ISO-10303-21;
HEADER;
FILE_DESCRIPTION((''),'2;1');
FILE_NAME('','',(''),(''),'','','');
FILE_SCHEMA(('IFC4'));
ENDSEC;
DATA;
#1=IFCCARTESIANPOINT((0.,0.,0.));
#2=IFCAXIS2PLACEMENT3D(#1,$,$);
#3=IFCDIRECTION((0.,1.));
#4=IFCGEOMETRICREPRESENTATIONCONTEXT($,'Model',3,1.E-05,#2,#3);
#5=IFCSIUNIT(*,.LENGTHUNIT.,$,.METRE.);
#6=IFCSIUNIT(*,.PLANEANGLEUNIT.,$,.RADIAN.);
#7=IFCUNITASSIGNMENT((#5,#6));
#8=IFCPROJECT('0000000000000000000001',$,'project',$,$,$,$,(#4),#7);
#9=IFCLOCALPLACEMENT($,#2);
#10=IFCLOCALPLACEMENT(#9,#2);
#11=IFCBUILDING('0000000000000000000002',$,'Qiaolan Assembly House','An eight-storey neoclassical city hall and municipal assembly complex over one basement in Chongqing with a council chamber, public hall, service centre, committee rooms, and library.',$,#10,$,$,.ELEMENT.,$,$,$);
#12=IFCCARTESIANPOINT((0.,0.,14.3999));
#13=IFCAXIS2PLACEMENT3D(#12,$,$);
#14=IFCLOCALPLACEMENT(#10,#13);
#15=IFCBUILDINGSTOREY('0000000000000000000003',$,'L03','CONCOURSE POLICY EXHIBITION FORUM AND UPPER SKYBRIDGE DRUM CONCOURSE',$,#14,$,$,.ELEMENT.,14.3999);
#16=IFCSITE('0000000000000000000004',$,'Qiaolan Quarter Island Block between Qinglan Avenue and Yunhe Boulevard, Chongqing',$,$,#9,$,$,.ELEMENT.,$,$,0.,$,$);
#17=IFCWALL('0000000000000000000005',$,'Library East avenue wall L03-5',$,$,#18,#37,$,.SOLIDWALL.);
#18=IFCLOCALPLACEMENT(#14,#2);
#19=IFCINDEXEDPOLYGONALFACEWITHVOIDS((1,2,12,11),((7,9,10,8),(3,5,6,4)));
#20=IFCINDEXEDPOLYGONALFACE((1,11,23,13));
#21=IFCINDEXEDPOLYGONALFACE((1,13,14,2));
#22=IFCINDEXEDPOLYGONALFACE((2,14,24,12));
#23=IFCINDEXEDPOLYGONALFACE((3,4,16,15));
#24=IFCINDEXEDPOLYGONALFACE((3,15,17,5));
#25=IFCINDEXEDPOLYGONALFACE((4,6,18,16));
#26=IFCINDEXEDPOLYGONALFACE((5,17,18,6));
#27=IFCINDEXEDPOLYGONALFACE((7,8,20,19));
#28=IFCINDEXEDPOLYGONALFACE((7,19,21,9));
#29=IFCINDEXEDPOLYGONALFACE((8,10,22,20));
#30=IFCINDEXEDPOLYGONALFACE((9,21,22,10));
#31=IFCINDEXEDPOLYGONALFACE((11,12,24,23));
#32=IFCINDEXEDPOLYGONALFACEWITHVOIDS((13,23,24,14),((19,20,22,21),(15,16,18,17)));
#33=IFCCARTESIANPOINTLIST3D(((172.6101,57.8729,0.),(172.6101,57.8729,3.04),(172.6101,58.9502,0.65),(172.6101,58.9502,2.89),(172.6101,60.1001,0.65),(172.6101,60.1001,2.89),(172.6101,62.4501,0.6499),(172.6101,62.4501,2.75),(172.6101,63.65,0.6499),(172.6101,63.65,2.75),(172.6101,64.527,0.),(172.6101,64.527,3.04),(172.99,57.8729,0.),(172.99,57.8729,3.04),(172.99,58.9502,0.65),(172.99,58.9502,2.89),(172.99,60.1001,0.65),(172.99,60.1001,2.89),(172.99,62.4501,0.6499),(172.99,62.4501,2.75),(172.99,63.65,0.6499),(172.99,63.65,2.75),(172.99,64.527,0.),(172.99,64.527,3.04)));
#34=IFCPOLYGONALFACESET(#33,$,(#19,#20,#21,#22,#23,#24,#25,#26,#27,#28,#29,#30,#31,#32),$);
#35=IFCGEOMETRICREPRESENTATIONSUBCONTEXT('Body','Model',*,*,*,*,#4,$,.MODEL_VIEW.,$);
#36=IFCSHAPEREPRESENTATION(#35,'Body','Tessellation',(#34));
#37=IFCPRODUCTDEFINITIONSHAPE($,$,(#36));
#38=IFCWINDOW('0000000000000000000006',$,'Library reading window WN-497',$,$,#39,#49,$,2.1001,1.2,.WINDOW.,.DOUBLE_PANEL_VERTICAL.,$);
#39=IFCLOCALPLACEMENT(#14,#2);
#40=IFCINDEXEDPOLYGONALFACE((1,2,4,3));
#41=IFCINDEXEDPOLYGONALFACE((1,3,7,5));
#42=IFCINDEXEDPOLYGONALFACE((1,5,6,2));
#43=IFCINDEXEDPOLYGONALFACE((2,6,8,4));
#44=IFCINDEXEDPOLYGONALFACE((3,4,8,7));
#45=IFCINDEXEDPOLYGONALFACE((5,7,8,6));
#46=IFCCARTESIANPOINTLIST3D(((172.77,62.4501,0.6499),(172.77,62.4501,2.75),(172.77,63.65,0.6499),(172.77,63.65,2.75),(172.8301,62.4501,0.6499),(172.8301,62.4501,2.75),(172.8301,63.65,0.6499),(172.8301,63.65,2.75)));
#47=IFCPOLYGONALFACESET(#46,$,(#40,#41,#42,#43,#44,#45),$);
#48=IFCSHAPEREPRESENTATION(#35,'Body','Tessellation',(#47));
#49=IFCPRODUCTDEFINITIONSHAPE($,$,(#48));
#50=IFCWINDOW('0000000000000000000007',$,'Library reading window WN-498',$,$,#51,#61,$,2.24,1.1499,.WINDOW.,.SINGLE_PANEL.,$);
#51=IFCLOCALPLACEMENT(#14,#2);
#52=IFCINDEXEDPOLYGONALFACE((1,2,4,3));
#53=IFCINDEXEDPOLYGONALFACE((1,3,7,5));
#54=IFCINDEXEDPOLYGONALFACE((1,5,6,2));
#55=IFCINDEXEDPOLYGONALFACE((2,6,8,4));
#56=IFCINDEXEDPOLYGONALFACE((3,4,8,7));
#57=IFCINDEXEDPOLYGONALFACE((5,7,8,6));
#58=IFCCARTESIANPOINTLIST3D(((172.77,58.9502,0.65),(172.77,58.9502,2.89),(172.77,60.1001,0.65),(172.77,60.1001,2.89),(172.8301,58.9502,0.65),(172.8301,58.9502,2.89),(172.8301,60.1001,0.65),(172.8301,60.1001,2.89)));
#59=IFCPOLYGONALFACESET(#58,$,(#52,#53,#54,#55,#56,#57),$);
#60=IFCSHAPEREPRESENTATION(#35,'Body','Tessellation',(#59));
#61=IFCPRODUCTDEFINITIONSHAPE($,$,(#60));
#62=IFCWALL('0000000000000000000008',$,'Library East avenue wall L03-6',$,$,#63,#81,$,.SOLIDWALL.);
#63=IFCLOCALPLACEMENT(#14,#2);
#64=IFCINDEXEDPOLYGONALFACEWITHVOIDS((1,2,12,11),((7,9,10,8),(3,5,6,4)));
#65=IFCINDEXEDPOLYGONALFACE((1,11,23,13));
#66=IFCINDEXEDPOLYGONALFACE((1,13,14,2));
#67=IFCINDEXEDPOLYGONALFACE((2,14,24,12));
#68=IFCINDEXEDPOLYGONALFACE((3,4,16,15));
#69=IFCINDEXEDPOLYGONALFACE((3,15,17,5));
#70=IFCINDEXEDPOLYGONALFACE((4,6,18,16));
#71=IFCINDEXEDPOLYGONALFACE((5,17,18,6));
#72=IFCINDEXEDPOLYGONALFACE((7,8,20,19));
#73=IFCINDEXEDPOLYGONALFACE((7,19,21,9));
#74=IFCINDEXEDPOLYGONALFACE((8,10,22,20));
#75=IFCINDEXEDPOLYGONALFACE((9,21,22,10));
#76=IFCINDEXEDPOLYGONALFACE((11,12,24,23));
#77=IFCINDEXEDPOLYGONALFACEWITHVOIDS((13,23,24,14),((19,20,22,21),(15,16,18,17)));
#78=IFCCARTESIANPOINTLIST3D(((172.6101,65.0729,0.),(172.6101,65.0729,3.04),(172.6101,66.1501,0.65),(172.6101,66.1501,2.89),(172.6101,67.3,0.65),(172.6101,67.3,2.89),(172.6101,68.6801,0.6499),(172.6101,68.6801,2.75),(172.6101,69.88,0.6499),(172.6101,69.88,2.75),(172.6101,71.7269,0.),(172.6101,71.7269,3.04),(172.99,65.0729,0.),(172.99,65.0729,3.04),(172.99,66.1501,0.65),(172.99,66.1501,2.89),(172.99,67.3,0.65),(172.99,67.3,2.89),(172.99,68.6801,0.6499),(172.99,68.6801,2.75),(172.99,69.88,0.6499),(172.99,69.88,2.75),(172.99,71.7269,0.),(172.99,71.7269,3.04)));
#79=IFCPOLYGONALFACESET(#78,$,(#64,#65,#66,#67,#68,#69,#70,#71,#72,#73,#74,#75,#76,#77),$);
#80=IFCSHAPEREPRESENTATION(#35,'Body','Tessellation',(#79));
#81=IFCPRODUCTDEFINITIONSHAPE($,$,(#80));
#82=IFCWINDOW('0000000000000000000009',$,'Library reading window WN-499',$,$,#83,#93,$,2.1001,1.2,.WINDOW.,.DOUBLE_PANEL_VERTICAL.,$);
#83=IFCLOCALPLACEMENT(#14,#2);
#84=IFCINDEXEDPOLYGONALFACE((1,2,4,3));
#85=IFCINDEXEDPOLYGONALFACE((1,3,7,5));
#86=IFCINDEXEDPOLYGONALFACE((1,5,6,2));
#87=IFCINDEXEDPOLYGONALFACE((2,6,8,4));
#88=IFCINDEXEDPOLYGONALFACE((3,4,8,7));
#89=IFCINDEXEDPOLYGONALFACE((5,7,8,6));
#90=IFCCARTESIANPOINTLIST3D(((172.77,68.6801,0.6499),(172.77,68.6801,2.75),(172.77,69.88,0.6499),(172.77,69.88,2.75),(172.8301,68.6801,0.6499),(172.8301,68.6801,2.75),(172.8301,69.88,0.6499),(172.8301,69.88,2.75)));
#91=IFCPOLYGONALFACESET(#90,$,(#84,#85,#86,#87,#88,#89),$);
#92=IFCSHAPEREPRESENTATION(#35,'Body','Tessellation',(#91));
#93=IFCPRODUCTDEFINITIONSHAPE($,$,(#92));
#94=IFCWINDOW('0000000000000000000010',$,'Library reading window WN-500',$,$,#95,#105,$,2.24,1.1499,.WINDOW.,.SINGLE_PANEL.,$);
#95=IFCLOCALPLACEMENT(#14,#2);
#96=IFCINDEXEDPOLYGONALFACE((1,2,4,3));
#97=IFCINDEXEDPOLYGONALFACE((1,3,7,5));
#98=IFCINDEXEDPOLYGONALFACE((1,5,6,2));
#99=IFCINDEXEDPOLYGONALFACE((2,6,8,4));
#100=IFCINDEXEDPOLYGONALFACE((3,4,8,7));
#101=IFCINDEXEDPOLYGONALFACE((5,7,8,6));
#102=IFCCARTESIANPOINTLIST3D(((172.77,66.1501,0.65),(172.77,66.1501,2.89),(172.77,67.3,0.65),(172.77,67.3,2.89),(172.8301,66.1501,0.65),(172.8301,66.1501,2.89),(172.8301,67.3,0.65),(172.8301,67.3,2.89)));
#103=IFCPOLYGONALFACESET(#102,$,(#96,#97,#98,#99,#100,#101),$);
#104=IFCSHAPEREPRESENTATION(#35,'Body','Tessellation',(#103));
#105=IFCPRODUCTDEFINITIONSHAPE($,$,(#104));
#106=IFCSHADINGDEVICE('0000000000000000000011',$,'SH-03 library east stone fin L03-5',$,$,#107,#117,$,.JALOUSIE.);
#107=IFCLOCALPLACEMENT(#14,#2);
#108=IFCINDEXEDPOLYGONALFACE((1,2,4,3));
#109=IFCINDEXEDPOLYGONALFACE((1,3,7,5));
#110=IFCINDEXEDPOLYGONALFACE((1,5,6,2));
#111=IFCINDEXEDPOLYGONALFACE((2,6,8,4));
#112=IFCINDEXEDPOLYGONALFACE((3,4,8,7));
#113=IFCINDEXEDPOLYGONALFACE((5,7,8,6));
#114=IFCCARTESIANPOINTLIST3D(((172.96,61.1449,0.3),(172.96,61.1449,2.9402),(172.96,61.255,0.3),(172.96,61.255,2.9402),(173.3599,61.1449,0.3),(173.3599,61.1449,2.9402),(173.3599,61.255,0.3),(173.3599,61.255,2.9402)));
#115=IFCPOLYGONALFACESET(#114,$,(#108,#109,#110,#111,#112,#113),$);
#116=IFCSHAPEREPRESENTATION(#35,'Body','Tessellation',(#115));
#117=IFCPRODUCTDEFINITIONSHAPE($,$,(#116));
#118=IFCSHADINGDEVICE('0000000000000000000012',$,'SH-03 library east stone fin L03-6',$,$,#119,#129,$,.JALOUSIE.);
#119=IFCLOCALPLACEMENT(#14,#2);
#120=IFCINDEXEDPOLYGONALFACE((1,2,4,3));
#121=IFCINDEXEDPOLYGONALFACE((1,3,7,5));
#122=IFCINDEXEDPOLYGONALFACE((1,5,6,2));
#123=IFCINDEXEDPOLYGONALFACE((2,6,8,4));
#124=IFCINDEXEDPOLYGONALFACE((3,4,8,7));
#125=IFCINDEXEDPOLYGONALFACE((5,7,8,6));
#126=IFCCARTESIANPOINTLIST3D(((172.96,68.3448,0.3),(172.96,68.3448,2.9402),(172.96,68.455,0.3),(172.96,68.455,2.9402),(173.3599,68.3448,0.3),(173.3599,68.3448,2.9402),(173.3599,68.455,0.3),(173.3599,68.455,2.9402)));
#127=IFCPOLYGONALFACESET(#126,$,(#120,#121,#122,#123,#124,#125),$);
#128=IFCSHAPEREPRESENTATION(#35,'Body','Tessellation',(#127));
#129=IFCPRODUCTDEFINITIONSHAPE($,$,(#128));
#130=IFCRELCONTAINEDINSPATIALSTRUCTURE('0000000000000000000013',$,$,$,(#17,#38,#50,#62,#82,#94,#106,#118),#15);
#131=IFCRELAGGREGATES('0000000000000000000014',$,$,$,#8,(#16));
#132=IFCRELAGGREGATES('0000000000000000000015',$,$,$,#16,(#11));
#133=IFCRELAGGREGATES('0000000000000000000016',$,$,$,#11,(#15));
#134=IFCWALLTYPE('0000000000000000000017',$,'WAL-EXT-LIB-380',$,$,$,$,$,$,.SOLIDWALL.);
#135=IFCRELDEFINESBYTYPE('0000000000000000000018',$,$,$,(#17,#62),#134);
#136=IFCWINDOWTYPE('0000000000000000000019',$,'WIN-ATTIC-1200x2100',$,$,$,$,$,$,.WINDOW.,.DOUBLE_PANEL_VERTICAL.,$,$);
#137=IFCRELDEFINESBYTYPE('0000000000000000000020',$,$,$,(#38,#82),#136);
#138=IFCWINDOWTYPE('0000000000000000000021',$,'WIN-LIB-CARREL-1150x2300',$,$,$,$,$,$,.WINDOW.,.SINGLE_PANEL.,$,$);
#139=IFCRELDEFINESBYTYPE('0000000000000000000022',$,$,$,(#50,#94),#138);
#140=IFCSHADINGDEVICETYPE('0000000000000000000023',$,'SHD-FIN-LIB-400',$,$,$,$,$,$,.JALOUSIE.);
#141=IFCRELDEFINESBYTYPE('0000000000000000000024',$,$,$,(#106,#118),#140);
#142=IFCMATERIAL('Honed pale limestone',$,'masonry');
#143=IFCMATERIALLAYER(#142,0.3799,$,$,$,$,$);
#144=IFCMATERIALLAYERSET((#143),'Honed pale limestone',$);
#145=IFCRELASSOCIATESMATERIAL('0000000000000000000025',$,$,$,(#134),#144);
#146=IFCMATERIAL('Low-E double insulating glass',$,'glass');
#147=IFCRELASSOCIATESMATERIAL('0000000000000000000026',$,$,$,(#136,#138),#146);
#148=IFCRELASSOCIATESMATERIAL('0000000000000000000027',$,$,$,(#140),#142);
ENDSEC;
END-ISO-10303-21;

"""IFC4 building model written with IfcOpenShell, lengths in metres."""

from ifc_helpers import new_model, si_unit, direction, frame, frame_2d, origin, origin_2d, place, context, subcontext, project, spatial, rectangle, extrude, material, layer, layer_set, material_profile, profile_set, type_object, element, fill, save


model = new_model("IFC4")

# Units and contexts
model_context = context("Model", 3, precision=1e-05, world=origin(), true_north=direction((0.0, 1.0)))
body_context = subcontext(model_context, "Body", "Model", "MODEL_VIEW")
ifc_project = project(units=[si_unit("LENGTHUNIT", "METRE"), si_unit("PLANEANGLEUNIT", "RADIAN")], contexts=[model_context])

# Site, building, storey
site_placement = place(None, origin())
site = spatial("IfcSite", under=ifc_project, at=site_placement, Name="Qiaolan Quarter Island Block between Qinglan Avenue and Yunhe Boulevard, Chongqing", CompositionType="ELEMENT", RefElevation=0.0)
building_placement = place(site_placement, origin())
building = spatial("IfcBuilding", under=site, at=building_placement, Name="Qiaolan Assembly House", Description="An eight-storey neoclassical city hall and municipal assembly complex over one basement in Chongqing with a council chamber, public hall, service centre, committee rooms, and library.", CompositionType="ELEMENT")
storey_placement = place(building_placement, frame((0.0, 0.0, 14.3999)))
storey = spatial("IfcBuildingStorey", under=building, at=storey_placement, Name="L03", Description="CONCOURSE POLICY EXHIBITION FORUM AND UPPER SKYBRIDGE DRUM CONCOURSE", CompositionType="ELEMENT", Elevation=14.3999)

# Walls, openings, windows
ifc_material_1 = material(Name="Honed pale limestone", Category="masonry")
ifc_layer = layer(ifc_material_1, 0.3799)
ifc_layer_set = layer_set([ifc_layer], Name="Honed pale limestone")
wall_type = type_object("IfcWallType", Name="WAL-EXT-LIB-380", PredefinedType="SOLIDWALL", material=ifc_layer_set)
wall_1_placement = place(storey_placement, frame((172.8, 64.5271, 0.0), z_axis=(0.0, 0.0, 1.0), x_axis=(0.0, -1.0, 0.0)))
wall_1 = element("IfcWall", 1, at=wall_1_placement, inside=storey, type_object=wall_type, Name="Library East avenue wall L03-5", PredefinedType="SOLIDWALL", context=body_context, shape_type="SweptSolid", body=[
    extrude(rectangle(XDim=6.6541, YDim=0.3799, at=frame_2d((3.3271, 0.0))), origin(), (0.0, 0.0, 1.0), 3.04),
])
opening_1_placement = place(wall_1_placement, frame((0.877, 0.0, 0.6499)))
opening_1 = element("IfcOpeningElement", 2, at=opening_1_placement, cuts=wall_1, PredefinedType="OPENING", context=body_context, shape_type="SweptSolid", body=[
    extrude(rectangle(XDim=1.2, YDim=2.1001, at=frame_2d((0.6001, 1.05))), frame((0.0, 0.2, 0.0), z_axis=(0.0, -1.0, 0.0), x_axis=(1.0, 0.0, 0.0)), (0.0, 0.0, 1.0), 0.3999),
])
opening_2_placement = place(wall_1_placement, frame((4.427, 0.0, 0.6499)))
opening_2 = element("IfcOpeningElement", 3, at=opening_2_placement, cuts=wall_1, PredefinedType="OPENING", context=body_context, shape_type="SweptSolid", body=[
    extrude(rectangle(XDim=1.1499, YDim=2.24, at=frame_2d((0.575, 1.1201))), frame((0.0, 0.2, 0.0), z_axis=(0.0, -1.0, 0.0), x_axis=(1.0, 0.0, 0.0)), (0.0, 0.0, 1.0), 0.3999),
])
ifc_material_2 = material(Name="Low-E double insulating glass", Category="glass")
window_type_1 = type_object("IfcWindowType", Name="WIN-ATTIC-1200x2100", PartitioningType="DOUBLE_PANEL_VERTICAL", PredefinedType="WINDOW", material=ifc_material_2)
window_1_placement = place(opening_1_placement, origin())
window_1 = element("IfcWindow", 4, at=window_1_placement, inside=storey, type_object=window_type_1, Name="Library reading window WN-497", OverallHeight=2.1001, OverallWidth=1.2, PartitioningType="DOUBLE_PANEL_VERTICAL", PredefinedType="WINDOW", context=body_context, shape_type="SweptSolid", body=[
    extrude(rectangle(XDim=1.2, YDim=2.1001, at=frame_2d((0.6001, 1.05))), frame((0.0, 0.03, 0.0), z_axis=(0.0, -1.0, 0.0), x_axis=(1.0, 0.0, 0.0)), (0.0, 0.0, 1.0), 0.0601),
])
fill(opening_1, window_1)
window_type_2 = type_object("IfcWindowType", Name="WIN-LIB-CARREL-1150x2300", PartitioningType="SINGLE_PANEL", PredefinedType="WINDOW", material=ifc_material_2)
window_2_placement = place(opening_2_placement, origin())
window_2 = element("IfcWindow", 5, at=window_2_placement, inside=storey, type_object=window_type_2, Name="Library reading window WN-498", OverallHeight=2.24, OverallWidth=1.1499, PartitioningType="SINGLE_PANEL", PredefinedType="WINDOW", context=body_context, shape_type="SweptSolid", body=[
    extrude(rectangle(XDim=1.1499, YDim=2.24, at=frame_2d((0.575, 1.1201))), frame((0.0, 0.03, 0.0), z_axis=(0.0, -1.0, 0.0), x_axis=(1.0, 0.0, 0.0)), (0.0, 0.0, 1.0), 0.0601),
])
fill(opening_2, window_2)
wall_2_placement = place(storey_placement, frame((172.8, 71.7271, 0.0), z_axis=(0.0, 0.0, 1.0), x_axis=(0.0, -1.0, 0.0)))
wall_2 = element("IfcWall", 6, at=wall_2_placement, inside=storey, type_object=wall_type, Name="Library East avenue wall L03-6", PredefinedType="SOLIDWALL", context=body_context, shape_type="SweptSolid", body=[
    extrude(rectangle(XDim=6.6541, YDim=0.3799, at=frame_2d((3.3271, 0.0))), origin(), (0.0, 0.0, 1.0), 3.04),
])
opening_3_placement = place(wall_2_placement, frame((1.8469, 0.0, 0.6499)))
opening_3 = element("IfcOpeningElement", 7, at=opening_3_placement, cuts=wall_2, PredefinedType="OPENING", context=body_context, shape_type="SweptSolid", body=[
    extrude(rectangle(XDim=1.2, YDim=2.1001, at=frame_2d((0.6001, 1.05))), frame((0.0, 0.2, 0.0), z_axis=(0.0, -1.0, 0.0), x_axis=(1.0, 0.0, 0.0)), (0.0, 0.0, 1.0), 0.3999),
])
opening_4_placement = place(wall_2_placement, frame((4.427, 0.0, 0.6499)))
opening_4 = element("IfcOpeningElement", 8, at=opening_4_placement, cuts=wall_2, PredefinedType="OPENING", context=body_context, shape_type="SweptSolid", body=[
    extrude(rectangle(XDim=1.1499, YDim=2.24, at=frame_2d((0.575, 1.1201))), frame((0.0, 0.2, 0.0), z_axis=(0.0, -1.0, 0.0), x_axis=(1.0, 0.0, 0.0)), (0.0, 0.0, 1.0), 0.3999),
])
window_3_placement = place(opening_3_placement, origin())
window_3 = element("IfcWindow", 9, at=window_3_placement, inside=storey, type_object=window_type_1, Name="Library reading window WN-499", OverallHeight=2.1001, OverallWidth=1.2, PartitioningType="DOUBLE_PANEL_VERTICAL", PredefinedType="WINDOW", context=body_context, shape_type="SweptSolid", body=[
    extrude(rectangle(XDim=1.2, YDim=2.1001, at=frame_2d((0.6001, 1.05))), frame((0.0, 0.03, 0.0), z_axis=(0.0, -1.0, 0.0), x_axis=(1.0, 0.0, 0.0)), (0.0, 0.0, 1.0), 0.0601),
])
fill(opening_3, window_3)
window_4_placement = place(opening_4_placement, origin())
window_4 = element("IfcWindow", 10, at=window_4_placement, inside=storey, type_object=window_type_2, Name="Library reading window WN-500", OverallHeight=2.24, OverallWidth=1.1499, PartitioningType="SINGLE_PANEL", PredefinedType="WINDOW", context=body_context, shape_type="SweptSolid", body=[
    extrude(rectangle(XDim=1.1499, YDim=2.24, at=frame_2d((0.575, 1.1201))), frame((0.0, 0.03, 0.0), z_axis=(0.0, -1.0, 0.0), x_axis=(1.0, 0.0, 0.0)), (0.0, 0.0, 1.0), 0.0601),
])
fill(opening_4, window_4)

# Shading devices
ifc_material_profile_1 = material_profile(ifc_material_1, rectangle(XDim=0.1101, YDim=0.3999, at=origin_2d()), Name="FIN 110x400")
ifc_profile_set_1 = profile_set([ifc_material_profile_1], Name="Honed pale limestone")
shading_device_type = type_object("IfcShadingDeviceType", Name="SHD-FIN-LIB-400", PredefinedType="JALOUSIE", material=ifc_profile_set_1)
for number, where, z_axis, x_axis, name in (
    (11, (173.1599, 61.2, 0.3), (0.0, 0.0, 1.0), (0.0, 1.0, 0.0), "SH-03 library east stone fin L03-5"),
    (12, (173.1599, 68.3999, 0.3), (0.0, 0.0, 1.0), (0.0, 1.0, 0.0), "SH-03 library east stone fin L03-6"),
):
    element("IfcShadingDevice", number, at=place(storey_placement, frame(where, z_axis=z_axis, x_axis=x_axis)), inside=storey, type_object=shading_device_type, Name=name, PredefinedType="JALOUSIE", context=body_context, shape_type="SweptSolid", body=[
        extrude(rectangle(XDim=0.1101, YDim=0.3999, at=origin_2d()), origin(), (0.0, 0.0, 1.0), 2.6401),
    ])

save(model, "model.ifc")
